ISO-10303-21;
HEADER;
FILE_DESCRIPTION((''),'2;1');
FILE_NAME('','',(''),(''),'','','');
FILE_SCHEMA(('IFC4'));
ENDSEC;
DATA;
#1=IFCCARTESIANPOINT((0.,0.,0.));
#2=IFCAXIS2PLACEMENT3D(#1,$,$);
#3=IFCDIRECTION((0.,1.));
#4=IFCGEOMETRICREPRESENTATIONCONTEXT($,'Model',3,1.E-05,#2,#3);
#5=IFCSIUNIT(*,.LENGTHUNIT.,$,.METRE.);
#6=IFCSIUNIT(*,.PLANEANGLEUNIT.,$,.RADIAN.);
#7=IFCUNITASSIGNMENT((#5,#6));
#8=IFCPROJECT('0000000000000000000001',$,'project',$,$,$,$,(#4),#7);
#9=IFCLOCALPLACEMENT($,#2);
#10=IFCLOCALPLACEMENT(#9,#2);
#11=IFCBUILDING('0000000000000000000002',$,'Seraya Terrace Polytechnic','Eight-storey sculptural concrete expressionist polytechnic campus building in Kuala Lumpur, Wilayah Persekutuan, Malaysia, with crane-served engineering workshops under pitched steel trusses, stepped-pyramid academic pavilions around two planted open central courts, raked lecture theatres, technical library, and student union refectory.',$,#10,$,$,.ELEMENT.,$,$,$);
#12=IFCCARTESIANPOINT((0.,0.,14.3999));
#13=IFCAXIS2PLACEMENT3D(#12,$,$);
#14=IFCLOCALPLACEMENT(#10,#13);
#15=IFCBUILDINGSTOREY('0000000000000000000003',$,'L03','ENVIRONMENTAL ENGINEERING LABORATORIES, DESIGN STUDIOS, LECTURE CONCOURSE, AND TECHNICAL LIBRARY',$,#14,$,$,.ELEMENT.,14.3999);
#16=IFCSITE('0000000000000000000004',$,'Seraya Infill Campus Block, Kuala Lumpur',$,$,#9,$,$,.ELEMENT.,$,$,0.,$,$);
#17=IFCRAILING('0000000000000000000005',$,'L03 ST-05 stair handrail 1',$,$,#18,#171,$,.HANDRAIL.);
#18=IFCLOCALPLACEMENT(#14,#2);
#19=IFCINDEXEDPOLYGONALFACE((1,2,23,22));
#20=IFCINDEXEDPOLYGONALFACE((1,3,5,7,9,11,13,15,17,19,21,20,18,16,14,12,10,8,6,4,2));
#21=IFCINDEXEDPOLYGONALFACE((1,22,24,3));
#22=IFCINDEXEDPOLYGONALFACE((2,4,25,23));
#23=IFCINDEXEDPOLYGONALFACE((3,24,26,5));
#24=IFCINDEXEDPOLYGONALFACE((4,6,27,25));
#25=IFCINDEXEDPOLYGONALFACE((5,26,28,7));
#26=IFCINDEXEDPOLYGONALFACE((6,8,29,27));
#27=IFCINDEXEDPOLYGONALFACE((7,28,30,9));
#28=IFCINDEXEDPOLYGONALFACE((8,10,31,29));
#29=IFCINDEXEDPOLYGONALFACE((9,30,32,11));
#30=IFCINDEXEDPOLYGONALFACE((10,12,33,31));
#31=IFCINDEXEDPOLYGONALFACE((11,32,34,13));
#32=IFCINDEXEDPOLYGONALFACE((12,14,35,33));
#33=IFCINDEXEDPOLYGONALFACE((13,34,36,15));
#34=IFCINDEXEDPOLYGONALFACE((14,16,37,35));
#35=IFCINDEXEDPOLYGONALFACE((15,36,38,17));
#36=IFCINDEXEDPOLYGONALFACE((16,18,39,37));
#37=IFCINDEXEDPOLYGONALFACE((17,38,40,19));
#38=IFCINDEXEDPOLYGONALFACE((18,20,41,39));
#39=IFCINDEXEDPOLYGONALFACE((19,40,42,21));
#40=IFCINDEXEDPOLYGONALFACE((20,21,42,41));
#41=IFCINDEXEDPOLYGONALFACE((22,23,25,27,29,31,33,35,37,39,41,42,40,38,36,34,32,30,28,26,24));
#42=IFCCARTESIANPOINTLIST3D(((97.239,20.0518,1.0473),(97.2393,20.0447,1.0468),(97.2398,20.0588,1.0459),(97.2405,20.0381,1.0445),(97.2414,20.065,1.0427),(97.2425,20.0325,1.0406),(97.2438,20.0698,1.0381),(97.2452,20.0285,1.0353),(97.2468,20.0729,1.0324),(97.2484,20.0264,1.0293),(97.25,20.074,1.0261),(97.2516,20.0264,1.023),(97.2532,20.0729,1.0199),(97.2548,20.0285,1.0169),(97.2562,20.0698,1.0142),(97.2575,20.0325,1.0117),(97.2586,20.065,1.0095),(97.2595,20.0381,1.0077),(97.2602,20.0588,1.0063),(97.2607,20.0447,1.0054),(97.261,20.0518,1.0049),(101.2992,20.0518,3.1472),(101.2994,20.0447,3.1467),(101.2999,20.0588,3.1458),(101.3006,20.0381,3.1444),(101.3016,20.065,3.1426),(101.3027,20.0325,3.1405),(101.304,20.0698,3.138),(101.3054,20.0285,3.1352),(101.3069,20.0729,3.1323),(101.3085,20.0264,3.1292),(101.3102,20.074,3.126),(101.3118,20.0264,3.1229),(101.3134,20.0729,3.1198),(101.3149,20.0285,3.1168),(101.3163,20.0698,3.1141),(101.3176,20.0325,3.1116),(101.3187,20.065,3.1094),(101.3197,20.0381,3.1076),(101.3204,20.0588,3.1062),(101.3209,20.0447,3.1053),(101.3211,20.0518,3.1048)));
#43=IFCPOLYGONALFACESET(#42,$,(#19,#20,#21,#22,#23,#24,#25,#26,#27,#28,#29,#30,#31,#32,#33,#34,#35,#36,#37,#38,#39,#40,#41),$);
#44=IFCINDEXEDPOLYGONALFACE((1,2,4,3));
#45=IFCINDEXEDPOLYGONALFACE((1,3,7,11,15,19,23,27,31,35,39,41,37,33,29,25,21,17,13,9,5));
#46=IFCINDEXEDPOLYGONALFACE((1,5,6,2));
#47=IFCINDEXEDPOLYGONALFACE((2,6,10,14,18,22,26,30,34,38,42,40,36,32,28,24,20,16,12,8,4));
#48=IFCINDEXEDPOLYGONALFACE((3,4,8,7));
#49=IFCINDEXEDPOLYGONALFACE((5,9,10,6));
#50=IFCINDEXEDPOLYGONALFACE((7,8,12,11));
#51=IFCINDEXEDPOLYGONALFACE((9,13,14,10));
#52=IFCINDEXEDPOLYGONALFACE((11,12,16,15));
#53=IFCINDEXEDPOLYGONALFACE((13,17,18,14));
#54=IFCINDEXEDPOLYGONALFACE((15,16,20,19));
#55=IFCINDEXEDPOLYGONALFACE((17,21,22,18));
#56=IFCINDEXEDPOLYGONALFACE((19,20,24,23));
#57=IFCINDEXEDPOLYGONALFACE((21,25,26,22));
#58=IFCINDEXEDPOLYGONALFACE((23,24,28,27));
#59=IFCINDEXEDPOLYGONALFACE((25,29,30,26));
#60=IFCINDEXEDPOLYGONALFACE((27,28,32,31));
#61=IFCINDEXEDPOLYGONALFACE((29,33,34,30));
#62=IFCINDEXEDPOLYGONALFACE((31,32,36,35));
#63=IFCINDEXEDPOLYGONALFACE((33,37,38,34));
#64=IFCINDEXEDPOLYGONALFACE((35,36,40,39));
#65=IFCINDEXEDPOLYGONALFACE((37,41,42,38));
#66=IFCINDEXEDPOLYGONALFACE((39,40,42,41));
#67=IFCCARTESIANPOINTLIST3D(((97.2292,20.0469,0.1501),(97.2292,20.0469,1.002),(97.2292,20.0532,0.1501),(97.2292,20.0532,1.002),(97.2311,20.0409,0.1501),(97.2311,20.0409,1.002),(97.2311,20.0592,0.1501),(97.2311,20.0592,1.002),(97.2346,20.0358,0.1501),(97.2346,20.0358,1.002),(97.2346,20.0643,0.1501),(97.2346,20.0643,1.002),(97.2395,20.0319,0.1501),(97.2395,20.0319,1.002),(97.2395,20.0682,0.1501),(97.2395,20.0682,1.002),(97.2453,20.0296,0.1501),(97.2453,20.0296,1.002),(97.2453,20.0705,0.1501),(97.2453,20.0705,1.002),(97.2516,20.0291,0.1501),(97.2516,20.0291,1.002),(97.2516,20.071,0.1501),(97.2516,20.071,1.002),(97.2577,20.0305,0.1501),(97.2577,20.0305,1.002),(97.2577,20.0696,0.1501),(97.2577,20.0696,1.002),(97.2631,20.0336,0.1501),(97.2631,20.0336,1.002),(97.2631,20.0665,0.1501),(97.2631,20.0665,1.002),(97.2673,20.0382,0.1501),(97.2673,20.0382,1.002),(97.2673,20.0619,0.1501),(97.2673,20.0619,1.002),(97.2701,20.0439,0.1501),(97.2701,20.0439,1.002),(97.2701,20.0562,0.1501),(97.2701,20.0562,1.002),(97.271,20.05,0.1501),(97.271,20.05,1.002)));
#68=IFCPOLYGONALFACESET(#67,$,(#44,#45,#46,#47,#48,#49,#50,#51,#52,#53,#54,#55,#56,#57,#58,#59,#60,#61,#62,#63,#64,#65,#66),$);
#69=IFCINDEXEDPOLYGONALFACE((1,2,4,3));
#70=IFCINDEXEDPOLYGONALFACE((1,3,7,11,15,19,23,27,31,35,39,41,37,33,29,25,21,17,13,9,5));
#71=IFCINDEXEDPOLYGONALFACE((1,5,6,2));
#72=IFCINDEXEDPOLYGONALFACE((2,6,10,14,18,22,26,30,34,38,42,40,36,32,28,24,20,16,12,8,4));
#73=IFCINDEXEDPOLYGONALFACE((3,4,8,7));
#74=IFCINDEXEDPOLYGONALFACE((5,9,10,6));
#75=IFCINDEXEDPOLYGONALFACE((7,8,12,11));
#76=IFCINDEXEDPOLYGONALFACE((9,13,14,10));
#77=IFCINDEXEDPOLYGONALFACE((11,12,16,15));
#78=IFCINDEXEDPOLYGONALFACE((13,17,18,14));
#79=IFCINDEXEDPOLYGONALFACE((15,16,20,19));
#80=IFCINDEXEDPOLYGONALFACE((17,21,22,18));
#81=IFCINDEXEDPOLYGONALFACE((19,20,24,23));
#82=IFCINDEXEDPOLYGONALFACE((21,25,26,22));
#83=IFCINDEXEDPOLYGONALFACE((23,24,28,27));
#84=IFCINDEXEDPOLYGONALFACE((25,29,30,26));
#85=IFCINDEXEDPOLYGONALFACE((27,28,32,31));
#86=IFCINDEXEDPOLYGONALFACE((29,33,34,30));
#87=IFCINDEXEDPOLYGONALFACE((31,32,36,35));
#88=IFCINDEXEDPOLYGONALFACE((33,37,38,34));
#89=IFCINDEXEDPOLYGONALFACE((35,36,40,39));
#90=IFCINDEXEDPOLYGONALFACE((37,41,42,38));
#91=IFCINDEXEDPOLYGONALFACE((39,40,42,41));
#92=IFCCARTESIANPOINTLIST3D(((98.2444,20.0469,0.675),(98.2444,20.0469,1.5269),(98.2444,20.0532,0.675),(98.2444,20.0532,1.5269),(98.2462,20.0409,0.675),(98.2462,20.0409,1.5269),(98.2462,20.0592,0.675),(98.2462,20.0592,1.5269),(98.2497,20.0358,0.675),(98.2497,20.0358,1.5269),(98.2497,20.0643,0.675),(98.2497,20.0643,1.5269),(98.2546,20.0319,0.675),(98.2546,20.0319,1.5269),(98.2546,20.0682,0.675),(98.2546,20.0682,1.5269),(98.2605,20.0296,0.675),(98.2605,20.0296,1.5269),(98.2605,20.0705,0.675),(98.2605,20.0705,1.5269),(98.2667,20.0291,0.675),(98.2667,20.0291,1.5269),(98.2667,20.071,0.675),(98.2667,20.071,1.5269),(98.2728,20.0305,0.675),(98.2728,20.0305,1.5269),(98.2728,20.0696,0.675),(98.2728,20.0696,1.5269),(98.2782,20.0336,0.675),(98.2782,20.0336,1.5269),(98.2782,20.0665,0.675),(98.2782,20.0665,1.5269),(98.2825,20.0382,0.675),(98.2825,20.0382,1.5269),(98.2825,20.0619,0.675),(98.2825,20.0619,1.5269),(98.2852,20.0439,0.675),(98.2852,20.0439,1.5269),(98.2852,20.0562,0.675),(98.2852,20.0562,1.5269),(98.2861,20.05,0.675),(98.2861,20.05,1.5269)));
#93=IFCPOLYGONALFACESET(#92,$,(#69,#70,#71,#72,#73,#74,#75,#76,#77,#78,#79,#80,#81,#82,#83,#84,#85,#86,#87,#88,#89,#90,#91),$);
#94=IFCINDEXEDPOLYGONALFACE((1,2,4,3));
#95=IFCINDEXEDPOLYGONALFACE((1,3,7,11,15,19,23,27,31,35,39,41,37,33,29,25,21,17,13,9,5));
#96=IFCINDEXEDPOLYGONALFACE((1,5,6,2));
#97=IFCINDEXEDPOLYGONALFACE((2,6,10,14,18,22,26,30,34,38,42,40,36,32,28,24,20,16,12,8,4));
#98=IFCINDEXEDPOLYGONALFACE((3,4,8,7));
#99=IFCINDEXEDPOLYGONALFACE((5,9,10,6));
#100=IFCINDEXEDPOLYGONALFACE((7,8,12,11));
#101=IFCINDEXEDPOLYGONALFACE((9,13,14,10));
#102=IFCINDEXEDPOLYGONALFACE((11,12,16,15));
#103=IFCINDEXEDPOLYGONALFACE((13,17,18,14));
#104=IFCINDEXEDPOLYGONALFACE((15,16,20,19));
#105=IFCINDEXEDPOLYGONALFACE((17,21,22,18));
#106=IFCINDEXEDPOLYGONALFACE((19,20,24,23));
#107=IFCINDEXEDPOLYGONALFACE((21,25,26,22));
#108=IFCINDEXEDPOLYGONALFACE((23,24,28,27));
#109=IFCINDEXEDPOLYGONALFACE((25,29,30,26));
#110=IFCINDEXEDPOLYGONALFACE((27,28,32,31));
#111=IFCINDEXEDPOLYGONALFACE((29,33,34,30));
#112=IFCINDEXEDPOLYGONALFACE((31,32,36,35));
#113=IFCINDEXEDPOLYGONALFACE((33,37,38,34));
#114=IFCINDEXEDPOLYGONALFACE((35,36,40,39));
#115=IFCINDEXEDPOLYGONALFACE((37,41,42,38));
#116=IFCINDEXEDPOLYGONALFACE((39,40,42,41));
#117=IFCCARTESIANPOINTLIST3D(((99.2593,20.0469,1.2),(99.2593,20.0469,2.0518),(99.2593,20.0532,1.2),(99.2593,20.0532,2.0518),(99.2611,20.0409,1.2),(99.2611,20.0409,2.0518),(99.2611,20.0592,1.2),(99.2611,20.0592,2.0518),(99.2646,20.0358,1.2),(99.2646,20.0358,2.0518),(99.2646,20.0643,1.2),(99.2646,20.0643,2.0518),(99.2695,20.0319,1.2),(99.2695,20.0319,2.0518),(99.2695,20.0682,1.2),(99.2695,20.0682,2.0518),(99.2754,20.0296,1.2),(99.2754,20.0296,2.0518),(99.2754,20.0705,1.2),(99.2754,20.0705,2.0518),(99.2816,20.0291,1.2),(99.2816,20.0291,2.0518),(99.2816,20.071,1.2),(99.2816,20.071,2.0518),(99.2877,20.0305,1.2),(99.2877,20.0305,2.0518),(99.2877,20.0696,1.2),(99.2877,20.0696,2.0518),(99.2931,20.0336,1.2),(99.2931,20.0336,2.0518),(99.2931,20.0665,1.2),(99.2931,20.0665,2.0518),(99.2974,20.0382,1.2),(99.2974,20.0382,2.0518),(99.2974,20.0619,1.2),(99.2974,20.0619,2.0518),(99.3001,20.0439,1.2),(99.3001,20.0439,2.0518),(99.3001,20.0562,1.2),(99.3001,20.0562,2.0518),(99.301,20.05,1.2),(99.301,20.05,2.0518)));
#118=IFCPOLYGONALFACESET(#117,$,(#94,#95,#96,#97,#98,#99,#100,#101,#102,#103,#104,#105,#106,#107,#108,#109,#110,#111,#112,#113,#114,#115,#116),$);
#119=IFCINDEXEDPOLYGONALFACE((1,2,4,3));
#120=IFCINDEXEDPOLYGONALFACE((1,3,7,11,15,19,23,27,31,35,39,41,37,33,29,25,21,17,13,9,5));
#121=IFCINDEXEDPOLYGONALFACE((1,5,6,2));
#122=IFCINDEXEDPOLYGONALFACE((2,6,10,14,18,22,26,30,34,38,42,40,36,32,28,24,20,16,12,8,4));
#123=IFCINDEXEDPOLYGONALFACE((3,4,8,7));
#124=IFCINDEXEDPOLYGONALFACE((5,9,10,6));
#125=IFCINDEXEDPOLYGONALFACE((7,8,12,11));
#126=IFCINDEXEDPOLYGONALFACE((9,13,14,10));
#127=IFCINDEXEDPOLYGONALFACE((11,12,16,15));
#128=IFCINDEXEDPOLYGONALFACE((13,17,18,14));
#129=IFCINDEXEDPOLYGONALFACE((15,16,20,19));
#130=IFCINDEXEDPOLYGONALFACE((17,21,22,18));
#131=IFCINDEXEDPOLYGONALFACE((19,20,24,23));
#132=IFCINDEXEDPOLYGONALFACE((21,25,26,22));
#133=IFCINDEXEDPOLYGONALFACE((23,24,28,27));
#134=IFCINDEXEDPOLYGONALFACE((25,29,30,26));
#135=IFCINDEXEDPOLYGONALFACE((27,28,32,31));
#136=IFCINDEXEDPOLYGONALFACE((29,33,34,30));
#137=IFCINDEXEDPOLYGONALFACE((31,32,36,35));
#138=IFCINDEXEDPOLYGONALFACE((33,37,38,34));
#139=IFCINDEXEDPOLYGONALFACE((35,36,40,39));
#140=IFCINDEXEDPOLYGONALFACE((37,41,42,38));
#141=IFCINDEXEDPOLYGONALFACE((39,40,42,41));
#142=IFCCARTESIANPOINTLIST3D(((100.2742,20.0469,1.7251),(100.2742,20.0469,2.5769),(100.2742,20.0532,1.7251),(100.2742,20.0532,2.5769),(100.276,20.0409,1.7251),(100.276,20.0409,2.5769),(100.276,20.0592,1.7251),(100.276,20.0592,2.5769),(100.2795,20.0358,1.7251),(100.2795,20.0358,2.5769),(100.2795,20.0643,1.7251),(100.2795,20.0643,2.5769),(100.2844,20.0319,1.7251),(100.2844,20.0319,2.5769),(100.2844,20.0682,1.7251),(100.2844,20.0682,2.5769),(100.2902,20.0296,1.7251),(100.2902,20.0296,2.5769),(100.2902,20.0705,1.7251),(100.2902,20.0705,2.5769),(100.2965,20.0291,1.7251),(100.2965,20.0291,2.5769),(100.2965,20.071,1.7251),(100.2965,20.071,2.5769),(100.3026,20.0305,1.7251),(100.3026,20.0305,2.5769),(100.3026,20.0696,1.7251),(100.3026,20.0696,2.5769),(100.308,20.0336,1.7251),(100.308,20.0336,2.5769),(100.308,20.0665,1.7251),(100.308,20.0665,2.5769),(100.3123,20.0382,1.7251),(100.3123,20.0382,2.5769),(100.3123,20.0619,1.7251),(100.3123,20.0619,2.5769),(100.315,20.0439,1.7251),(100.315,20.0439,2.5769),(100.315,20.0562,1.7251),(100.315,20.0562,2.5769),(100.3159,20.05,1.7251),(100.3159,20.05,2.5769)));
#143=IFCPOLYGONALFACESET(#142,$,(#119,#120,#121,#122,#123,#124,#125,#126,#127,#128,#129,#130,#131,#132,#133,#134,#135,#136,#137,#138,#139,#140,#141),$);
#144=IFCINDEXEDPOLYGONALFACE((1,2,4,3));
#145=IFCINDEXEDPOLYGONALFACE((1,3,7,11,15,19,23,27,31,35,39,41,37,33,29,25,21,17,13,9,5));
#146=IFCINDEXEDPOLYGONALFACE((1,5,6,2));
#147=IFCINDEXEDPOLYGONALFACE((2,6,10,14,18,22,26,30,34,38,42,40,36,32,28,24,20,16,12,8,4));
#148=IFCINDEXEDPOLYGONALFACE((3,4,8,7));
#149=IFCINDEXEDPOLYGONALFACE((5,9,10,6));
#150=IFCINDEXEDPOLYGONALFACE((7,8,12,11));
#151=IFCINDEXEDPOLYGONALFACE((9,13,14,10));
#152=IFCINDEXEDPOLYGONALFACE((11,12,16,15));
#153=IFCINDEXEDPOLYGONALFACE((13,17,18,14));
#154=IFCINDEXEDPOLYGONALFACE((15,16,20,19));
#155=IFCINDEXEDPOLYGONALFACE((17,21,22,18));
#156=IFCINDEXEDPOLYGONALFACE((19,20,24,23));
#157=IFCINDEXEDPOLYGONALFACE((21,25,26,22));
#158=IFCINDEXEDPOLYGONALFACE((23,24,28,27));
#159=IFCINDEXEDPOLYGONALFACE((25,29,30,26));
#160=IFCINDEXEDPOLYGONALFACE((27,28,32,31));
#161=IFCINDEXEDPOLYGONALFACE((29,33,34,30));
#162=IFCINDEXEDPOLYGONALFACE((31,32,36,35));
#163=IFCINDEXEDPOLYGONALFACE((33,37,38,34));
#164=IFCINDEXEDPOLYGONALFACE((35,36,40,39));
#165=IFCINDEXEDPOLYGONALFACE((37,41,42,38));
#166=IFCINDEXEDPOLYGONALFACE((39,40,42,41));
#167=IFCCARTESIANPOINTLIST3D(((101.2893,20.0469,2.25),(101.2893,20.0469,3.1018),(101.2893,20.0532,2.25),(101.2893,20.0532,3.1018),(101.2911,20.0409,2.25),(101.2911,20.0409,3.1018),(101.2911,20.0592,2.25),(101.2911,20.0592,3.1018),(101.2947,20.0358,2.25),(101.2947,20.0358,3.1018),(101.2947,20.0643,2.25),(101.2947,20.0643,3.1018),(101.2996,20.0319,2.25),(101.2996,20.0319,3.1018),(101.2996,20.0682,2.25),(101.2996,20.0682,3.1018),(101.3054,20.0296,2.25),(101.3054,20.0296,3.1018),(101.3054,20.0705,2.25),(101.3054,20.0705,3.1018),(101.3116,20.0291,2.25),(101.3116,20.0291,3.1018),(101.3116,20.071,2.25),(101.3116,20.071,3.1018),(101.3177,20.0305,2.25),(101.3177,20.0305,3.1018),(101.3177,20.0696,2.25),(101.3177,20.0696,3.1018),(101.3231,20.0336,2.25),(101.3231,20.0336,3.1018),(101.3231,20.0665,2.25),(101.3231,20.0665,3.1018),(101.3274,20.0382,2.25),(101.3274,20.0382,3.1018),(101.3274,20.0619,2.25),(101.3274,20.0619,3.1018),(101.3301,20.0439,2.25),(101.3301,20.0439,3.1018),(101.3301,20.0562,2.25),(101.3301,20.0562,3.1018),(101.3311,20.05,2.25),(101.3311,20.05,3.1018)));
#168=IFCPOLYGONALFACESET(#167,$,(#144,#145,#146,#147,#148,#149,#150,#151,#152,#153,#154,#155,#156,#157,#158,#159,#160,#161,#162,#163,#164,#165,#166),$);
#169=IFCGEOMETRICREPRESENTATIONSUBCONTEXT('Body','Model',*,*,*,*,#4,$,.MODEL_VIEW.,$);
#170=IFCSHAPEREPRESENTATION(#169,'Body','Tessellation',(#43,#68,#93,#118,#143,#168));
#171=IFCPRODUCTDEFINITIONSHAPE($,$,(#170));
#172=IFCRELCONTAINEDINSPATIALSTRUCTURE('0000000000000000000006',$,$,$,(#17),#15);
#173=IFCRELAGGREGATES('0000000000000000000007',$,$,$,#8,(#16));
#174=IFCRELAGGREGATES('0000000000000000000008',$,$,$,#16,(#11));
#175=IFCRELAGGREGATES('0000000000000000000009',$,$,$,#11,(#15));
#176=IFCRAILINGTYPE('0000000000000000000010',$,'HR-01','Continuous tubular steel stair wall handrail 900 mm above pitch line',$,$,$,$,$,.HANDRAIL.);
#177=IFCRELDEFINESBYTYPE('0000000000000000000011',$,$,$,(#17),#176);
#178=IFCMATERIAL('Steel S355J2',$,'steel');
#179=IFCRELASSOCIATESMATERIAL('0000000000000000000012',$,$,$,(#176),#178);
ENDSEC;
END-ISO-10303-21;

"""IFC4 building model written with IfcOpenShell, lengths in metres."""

from ifc_helpers import new_model, si_unit, direction, frame, origin, origin_2d, place, context, subcontext, project, spatial, circle, extrude, material, type_object, element, save


model = new_model("IFC4")

# Units and contexts
model_context = context("Model", 3, precision=1e-05, world=origin(), true_north=direction((0.0, 1.0)))
body_context = subcontext(model_context, "Body", "Model", "MODEL_VIEW")
ifc_project = project(units=[si_unit("LENGTHUNIT", "METRE"), si_unit("PLANEANGLEUNIT", "RADIAN")], contexts=[model_context])

# Site, building, storey
site_placement = place(None, origin())
site = spatial("IfcSite", under=ifc_project, at=site_placement, Name="Seraya Infill Campus Block, Kuala Lumpur", CompositionType="ELEMENT", RefElevation=0.0)
building_placement = place(site_placement, origin())
building = spatial("IfcBuilding", under=site, at=building_placement, Name="Seraya Terrace Polytechnic", Description="Eight-storey sculptural concrete expressionist polytechnic campus building in Kuala Lumpur, Wilayah Persekutuan, Malaysia, with crane-served engineering workshops under pitched steel trusses, stepped-pyramid academic pavilions around two planted open central courts, raked lecture theatres, technical library, and student union refectory.", CompositionType="ELEMENT")
storey_placement = place(building_placement, frame((0.0, 0.0, 14.3999)))
storey = spatial("IfcBuildingStorey", under=building, at=storey_placement, Name="L03", Description="ENVIRONMENTAL ENGINEERING LABORATORIES, DESIGN STUDIOS, LECTURE CONCOURSE, AND TECHNICAL LIBRARY", CompositionType="ELEMENT", Elevation=14.3999)

# Shared definitions
ifc_material_1 = material(Name="Steel S355J2", Category="steel")

# Railing
railing_type_1 = type_object("IfcRailingType", Name="HR-01", Description="Continuous tubular steel stair wall handrail 900 mm above pitch line", PredefinedType="HANDRAIL", material=ifc_material_1)
railing_1_placement = place(storey_placement, frame((97.25, 20.05, 0.1501)))
element("IfcRailing", 1, at=railing_1_placement, inside=storey, type_object=railing_type_1, Name="L03 ST-05 stair handrail 1", PredefinedType="HANDRAIL", context=body_context, shape_type="SweptSolid", body=[
    extrude(circle(Radius=0.0239, at=origin_2d()), frame((0.0, 0.0, 0.876), z_axis=(0.888233, 0.0, 0.459392), x_axis=(0.0, 1.0, 0.0)), (0.0, 0.0, 1.0), 4.571),
    extrude(circle(Radius=0.021, at=origin_2d()), origin(), (0.0, 0.0, 1.0), 0.8518),
    extrude(circle(Radius=0.021, at=origin_2d()), frame((1.0151, 0.0, 0.5249)), (0.0, 0.0, 1.0), 0.8518),
    extrude(circle(Radius=0.021, at=origin_2d()), frame((2.03, 0.0, 1.0498)), (0.0, 0.0, 1.0), 0.8518),
    extrude(circle(Radius=0.021, at=origin_2d()), frame((3.0449, 0.0, 1.575)), (0.0, 0.0, 1.0), 0.8518),
    extrude(circle(Radius=0.021, at=origin_2d()), frame((4.0601, 0.0, 2.0999)), (0.0, 0.0, 1.0), 0.8518),
])

save(model, "model.ifc")
